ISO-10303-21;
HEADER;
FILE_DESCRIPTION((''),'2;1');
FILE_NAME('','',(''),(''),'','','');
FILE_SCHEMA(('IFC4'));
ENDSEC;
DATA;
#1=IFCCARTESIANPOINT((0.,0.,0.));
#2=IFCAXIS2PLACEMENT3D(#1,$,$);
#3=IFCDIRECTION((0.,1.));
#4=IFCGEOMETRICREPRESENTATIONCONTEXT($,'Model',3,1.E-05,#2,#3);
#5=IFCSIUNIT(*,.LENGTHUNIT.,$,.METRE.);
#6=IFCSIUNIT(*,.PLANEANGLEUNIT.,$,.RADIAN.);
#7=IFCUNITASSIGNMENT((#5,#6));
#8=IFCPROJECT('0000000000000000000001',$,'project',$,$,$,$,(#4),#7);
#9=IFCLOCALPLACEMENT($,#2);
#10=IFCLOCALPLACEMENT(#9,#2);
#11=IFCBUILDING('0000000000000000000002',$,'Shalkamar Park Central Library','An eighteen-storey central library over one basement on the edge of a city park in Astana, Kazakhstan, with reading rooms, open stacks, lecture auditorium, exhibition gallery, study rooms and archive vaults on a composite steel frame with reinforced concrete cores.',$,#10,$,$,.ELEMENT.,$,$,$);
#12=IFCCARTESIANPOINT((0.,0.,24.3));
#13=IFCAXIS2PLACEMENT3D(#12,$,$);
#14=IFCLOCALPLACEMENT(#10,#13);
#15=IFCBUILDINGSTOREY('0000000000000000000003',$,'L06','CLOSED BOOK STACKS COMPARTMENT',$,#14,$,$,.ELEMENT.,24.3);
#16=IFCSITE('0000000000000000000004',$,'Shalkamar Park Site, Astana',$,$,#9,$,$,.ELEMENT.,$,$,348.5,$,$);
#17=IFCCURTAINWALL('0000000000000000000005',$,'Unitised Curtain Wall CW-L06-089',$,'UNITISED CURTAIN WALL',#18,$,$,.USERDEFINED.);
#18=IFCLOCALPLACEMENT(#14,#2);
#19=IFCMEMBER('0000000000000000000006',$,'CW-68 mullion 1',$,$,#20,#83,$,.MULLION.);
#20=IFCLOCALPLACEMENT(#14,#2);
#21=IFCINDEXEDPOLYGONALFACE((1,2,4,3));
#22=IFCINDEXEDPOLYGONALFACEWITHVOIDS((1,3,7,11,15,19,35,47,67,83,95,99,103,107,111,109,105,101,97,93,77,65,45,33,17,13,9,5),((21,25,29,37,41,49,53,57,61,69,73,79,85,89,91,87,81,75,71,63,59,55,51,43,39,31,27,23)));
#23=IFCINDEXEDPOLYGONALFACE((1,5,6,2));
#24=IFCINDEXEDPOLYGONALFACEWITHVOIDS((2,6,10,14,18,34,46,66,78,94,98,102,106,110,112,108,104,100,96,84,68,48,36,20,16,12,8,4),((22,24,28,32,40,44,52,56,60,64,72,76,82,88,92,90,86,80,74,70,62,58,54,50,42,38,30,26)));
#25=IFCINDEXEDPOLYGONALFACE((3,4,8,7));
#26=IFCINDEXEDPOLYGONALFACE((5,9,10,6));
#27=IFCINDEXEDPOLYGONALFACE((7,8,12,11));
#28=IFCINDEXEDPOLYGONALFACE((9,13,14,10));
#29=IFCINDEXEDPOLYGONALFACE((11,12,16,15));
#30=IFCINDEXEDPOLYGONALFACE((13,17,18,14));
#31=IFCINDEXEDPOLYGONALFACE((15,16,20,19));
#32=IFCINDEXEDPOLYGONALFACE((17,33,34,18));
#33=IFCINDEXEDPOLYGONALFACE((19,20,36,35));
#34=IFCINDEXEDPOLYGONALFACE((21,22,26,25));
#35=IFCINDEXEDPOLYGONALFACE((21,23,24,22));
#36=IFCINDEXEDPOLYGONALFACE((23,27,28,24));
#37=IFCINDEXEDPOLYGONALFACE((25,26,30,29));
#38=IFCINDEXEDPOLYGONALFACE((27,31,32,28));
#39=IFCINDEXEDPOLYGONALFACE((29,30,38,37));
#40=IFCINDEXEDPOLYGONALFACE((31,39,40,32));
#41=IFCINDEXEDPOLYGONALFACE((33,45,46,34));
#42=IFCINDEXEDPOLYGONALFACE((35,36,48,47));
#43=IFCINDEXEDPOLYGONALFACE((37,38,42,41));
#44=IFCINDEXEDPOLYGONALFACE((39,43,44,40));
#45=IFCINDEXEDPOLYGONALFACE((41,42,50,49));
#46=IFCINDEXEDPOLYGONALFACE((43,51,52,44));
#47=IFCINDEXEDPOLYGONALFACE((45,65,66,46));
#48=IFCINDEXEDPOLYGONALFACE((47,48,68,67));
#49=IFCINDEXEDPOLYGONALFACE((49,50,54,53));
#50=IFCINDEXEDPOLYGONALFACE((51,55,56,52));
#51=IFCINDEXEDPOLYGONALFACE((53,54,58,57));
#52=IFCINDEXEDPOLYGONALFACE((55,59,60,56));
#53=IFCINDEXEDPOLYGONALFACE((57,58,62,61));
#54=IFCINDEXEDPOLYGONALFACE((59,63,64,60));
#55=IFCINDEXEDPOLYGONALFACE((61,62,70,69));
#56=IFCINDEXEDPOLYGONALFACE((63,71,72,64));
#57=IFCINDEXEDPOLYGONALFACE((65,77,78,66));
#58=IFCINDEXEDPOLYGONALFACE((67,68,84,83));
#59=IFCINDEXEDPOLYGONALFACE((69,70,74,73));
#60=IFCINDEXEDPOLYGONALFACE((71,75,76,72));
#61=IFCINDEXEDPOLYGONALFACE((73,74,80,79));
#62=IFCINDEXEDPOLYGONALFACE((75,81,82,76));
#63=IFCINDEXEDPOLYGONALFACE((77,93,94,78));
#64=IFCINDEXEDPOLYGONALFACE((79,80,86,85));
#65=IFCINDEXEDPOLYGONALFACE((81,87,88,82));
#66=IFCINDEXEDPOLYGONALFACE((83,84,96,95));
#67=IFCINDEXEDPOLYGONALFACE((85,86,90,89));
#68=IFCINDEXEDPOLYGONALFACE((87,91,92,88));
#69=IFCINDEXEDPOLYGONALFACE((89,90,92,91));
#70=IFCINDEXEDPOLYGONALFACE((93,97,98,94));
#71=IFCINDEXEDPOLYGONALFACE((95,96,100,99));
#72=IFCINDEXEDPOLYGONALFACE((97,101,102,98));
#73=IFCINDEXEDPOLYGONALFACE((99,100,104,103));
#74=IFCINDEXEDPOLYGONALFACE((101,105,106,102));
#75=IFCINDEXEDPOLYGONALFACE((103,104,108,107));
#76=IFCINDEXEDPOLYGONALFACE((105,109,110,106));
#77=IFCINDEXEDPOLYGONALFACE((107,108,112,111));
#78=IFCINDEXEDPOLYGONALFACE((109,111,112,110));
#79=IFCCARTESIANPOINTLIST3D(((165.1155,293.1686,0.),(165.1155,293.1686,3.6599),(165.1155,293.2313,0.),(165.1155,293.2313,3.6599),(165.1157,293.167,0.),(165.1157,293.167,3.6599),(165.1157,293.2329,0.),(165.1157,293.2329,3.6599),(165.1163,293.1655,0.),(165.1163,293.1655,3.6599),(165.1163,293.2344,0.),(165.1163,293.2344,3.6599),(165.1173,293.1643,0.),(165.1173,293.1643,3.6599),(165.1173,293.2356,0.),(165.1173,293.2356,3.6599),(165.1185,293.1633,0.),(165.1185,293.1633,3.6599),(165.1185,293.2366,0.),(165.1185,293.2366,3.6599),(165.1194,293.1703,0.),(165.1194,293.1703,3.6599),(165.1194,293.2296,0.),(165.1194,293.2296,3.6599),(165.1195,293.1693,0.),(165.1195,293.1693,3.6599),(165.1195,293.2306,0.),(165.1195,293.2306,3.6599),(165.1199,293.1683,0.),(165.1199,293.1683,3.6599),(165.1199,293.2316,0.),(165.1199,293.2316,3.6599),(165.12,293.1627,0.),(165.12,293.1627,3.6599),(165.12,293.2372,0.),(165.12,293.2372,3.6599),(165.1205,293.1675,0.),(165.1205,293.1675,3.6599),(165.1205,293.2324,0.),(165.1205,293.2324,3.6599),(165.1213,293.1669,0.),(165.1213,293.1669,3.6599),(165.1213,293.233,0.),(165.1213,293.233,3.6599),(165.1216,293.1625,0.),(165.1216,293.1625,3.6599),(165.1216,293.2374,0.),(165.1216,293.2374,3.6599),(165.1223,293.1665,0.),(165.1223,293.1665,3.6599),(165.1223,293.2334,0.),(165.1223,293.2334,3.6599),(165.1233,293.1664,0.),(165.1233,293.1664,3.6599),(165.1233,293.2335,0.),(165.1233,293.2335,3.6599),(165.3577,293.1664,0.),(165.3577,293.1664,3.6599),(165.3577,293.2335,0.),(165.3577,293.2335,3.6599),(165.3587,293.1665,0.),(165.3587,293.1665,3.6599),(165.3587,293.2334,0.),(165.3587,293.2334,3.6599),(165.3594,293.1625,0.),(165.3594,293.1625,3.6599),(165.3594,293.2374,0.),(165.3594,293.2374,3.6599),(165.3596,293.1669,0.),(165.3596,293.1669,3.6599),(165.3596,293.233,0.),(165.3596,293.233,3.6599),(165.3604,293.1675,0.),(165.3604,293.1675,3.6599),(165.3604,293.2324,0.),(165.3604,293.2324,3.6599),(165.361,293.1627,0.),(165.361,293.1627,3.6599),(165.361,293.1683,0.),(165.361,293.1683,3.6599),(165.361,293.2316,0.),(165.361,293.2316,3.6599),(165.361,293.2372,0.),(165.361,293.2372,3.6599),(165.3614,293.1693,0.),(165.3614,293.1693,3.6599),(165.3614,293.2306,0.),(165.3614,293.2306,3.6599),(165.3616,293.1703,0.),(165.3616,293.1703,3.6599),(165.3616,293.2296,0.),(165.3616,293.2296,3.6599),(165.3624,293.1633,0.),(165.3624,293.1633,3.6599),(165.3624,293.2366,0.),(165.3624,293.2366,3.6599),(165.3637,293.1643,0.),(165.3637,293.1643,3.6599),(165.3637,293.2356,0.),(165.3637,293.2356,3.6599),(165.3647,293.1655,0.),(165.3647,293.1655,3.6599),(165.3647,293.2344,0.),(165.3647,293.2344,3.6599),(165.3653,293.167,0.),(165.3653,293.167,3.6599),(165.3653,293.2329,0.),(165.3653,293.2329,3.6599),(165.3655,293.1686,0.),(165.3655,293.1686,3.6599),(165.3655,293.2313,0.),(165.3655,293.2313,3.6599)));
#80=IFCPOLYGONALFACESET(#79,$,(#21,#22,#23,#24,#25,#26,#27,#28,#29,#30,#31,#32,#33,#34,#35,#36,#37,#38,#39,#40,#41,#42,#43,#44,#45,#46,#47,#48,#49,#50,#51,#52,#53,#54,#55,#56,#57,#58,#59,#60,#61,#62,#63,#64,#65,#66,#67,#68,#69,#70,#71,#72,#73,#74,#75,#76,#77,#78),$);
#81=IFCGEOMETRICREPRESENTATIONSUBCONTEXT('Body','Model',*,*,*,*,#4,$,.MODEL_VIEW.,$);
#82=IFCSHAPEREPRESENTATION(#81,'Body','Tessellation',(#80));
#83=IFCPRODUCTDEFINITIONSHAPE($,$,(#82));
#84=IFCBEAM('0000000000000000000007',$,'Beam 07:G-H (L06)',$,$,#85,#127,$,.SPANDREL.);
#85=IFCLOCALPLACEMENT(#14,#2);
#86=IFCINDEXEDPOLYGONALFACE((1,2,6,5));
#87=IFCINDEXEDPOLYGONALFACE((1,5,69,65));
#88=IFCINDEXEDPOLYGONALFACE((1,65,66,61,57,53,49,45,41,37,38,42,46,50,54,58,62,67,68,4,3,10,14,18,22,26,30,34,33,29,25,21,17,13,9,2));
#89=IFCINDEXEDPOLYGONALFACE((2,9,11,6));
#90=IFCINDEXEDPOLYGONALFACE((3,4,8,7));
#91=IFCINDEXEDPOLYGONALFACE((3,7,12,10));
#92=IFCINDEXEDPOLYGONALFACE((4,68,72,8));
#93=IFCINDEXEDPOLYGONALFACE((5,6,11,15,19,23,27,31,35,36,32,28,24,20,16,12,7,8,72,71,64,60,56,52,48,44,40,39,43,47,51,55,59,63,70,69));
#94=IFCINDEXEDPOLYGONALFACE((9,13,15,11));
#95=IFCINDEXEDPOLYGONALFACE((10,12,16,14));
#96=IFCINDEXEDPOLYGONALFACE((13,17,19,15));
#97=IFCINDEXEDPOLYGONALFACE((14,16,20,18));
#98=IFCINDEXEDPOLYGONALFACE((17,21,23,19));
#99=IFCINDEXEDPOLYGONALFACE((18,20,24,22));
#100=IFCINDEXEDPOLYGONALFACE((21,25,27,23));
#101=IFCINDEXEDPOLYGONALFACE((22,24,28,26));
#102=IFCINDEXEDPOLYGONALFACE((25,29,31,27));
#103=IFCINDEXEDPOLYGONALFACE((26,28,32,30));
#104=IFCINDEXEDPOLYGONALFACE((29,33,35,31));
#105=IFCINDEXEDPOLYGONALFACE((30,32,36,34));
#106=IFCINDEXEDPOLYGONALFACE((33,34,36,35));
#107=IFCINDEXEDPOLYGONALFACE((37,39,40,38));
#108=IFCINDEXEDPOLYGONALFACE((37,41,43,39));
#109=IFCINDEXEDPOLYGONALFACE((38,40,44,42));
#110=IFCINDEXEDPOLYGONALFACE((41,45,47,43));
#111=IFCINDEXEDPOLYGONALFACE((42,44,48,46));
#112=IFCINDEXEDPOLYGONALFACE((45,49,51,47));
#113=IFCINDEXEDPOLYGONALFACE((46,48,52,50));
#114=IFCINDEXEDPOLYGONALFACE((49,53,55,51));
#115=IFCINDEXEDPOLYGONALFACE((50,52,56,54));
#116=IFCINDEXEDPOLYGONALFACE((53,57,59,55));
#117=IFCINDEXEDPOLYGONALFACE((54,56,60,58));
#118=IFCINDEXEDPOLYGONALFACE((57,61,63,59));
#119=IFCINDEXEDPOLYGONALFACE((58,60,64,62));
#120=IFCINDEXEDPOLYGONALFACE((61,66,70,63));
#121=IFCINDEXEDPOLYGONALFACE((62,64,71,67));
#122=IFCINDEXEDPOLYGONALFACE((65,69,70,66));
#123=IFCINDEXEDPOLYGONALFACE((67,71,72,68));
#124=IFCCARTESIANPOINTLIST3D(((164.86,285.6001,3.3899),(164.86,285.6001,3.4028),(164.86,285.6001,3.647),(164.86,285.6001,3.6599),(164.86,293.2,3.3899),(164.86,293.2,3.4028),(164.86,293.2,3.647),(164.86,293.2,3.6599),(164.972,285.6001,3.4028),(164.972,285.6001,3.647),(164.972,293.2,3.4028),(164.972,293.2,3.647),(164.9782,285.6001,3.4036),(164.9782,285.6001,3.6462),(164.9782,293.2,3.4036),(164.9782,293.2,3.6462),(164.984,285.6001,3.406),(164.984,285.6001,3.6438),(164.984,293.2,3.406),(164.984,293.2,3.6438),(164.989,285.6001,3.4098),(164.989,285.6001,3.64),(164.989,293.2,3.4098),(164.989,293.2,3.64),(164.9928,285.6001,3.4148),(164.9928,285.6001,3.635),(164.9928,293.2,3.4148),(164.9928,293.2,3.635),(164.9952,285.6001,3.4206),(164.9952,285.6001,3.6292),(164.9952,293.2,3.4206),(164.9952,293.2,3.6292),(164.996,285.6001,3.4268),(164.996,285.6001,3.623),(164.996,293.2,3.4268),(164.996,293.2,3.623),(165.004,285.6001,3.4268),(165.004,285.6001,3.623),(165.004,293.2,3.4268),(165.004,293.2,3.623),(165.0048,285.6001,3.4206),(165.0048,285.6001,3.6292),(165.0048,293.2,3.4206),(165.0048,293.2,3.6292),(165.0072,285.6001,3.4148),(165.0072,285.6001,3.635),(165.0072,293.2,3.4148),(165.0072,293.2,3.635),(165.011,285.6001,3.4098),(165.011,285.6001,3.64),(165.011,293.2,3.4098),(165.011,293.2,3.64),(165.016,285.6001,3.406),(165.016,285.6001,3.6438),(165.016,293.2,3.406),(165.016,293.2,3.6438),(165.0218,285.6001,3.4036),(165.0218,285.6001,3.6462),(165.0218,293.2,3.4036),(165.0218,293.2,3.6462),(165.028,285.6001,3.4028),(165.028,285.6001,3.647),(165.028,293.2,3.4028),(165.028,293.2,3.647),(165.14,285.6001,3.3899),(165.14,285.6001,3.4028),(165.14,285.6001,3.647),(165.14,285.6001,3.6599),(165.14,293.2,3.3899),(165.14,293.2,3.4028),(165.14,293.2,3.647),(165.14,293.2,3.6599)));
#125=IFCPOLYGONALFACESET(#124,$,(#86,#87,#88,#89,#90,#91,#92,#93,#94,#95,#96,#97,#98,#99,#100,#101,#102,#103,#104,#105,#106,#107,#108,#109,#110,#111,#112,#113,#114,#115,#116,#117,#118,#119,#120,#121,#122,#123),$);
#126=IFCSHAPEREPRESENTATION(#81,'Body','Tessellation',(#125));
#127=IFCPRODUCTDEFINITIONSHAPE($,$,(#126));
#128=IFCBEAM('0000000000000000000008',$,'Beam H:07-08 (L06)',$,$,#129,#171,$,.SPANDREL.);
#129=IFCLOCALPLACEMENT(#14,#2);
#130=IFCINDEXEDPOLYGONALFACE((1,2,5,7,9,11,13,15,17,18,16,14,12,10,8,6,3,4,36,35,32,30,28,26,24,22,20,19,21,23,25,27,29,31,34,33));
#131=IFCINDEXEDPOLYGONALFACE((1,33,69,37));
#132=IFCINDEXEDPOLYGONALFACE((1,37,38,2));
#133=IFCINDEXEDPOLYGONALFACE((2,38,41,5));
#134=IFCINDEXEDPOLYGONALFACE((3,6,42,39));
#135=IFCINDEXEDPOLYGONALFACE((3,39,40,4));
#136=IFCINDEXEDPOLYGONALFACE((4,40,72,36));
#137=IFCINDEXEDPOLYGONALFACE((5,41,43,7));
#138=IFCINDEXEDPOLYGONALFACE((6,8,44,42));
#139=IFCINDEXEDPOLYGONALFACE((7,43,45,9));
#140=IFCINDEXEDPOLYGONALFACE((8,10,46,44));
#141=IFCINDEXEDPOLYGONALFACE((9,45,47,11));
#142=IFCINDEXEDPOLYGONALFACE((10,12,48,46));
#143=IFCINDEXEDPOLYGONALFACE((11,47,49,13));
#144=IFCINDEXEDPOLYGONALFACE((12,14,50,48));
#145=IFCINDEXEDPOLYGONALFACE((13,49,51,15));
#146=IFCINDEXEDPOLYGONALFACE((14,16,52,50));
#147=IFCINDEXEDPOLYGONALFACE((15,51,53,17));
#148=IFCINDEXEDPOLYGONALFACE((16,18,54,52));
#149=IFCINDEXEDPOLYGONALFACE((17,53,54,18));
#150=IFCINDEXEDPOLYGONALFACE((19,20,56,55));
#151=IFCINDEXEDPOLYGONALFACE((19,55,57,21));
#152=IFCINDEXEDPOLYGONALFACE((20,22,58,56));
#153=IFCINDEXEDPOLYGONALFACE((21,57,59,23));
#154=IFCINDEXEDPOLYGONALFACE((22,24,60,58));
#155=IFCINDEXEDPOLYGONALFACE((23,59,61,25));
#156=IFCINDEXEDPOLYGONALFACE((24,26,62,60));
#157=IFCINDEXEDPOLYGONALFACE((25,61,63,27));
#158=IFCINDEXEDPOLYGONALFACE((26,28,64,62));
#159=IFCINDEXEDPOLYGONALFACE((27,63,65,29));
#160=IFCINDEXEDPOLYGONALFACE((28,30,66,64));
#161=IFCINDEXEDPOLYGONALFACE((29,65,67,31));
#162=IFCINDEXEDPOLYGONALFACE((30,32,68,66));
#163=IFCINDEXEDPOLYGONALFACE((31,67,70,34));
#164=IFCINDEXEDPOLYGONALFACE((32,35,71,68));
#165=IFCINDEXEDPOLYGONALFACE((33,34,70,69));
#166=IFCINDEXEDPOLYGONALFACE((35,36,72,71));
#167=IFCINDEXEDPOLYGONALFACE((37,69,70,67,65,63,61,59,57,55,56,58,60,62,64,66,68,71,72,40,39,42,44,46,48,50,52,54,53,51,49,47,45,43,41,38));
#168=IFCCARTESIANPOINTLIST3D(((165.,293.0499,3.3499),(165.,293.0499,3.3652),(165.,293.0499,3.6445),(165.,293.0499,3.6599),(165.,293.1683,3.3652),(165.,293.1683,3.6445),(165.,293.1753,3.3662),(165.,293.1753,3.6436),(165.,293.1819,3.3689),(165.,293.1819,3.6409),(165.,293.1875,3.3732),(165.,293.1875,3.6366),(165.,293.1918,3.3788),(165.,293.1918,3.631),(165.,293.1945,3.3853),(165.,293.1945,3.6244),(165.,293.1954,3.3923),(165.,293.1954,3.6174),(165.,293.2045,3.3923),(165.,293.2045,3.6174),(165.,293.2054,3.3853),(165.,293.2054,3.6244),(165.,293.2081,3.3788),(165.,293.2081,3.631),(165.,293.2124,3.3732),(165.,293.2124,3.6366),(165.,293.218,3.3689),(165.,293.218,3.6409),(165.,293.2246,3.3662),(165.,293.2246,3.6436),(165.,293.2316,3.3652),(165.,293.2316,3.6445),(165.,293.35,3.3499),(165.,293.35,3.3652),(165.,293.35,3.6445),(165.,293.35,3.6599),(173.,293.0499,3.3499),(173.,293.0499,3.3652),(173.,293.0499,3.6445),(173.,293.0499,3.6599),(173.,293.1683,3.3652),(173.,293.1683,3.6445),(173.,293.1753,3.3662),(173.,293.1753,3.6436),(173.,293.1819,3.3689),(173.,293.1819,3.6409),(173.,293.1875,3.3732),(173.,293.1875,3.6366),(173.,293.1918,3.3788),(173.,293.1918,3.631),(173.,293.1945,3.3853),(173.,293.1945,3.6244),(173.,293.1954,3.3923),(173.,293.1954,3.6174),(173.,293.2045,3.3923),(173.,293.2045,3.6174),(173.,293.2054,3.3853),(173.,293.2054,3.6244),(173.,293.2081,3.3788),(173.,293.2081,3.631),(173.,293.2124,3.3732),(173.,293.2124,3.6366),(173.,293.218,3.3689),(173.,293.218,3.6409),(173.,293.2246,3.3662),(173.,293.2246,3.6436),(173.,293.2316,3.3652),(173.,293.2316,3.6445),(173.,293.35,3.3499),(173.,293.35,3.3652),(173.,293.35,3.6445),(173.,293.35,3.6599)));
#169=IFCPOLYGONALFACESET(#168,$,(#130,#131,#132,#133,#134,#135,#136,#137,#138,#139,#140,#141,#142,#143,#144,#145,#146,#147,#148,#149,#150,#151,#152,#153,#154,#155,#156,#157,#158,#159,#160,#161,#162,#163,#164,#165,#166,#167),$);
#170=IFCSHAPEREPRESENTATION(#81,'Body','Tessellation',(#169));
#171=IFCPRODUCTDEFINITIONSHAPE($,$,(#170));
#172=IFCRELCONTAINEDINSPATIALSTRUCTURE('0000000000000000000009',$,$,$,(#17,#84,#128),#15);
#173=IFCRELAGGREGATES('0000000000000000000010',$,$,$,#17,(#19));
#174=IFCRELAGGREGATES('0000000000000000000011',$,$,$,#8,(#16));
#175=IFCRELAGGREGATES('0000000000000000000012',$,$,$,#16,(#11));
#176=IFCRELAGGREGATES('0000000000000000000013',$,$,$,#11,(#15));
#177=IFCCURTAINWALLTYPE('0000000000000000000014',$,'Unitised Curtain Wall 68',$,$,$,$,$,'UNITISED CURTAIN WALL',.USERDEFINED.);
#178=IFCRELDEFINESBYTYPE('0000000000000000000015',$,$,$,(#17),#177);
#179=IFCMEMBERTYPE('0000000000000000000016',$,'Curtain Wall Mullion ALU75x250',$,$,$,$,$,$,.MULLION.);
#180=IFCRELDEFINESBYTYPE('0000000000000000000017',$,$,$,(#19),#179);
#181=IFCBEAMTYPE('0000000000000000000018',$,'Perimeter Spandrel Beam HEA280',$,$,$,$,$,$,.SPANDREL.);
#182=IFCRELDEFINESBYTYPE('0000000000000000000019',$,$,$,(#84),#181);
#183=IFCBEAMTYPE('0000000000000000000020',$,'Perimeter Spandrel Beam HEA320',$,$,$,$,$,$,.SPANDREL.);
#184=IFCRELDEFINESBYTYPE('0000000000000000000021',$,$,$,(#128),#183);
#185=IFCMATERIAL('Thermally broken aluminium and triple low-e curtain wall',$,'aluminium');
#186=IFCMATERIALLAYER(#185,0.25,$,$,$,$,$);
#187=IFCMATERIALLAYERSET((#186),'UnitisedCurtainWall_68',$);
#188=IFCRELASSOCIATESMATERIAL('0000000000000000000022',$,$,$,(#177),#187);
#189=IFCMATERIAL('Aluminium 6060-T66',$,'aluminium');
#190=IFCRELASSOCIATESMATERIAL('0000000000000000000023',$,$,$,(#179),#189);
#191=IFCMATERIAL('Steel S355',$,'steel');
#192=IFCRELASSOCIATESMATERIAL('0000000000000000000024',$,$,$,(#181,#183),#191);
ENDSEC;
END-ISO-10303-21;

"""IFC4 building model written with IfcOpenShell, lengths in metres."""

from ifc_helpers import new_model, si_unit, direction, frame, origin, origin_2d, place, context, subcontext, project, spatial, hollow_rectangle, i_section, extrude, material, layer, layer_set, material_profile, profile_set, type_object, element, aggregate, save


model = new_model("IFC4")

# Units and contexts
model_context = context("Model", 3, precision=1e-05, world=origin(), true_north=direction((0.0, 1.0)))
body_context = subcontext(model_context, "Body", "Model", "MODEL_VIEW")
ifc_project = project(units=[si_unit("LENGTHUNIT", "METRE"), si_unit("PLANEANGLEUNIT", "RADIAN")], contexts=[model_context])

# Site, building, storey
site_placement = place(None, origin())
site = spatial("IfcSite", under=ifc_project, at=site_placement, Name="Shalkamar Park Site, Astana", CompositionType="ELEMENT", RefElevation=348.5)
building_placement = place(site_placement, origin())
building = spatial("IfcBuilding", under=site, at=building_placement, Name="Shalkamar Park Central Library", Description="An eighteen-storey central library over one basement on the edge of a city park in Astana, Kazakhstan, with reading rooms, open stacks, lecture auditorium, exhibition gallery, study rooms and archive vaults on a composite steel frame with reinforced concrete cores.", CompositionType="ELEMENT")
storey_placement = place(building_placement, frame((0.0, 0.0, 24.3)))
storey = spatial("IfcBuildingStorey", under=building, at=storey_placement, Name="L06", Description="CLOSED BOOK STACKS COMPARTMENT", CompositionType="ELEMENT", Elevation=24.3)

# Shared definitions
ifc_material_1 = material(Name="Steel S355", Category="steel")

# Curtain wall, member
ifc_material_2 = material(Name="Thermally broken aluminium and triple low-e curtain wall", Category="aluminium")
ifc_layer_1 = layer(ifc_material_2, 0.25)
ifc_layer_set_1 = layer_set([ifc_layer_1], Name="UnitisedCurtainWall_68")
curtain_wall_type = type_object("IfcCurtainWallType", Name="Unitised Curtain Wall 68", ElementType="UNITISED CURTAIN WALL", PredefinedType="USERDEFINED", material=ifc_layer_set_1)
curtain_wall_placement = place(storey_placement, origin())
curtain_wall = element("IfcCurtainWall", 1, at=curtain_wall_placement, inside=storey, type_object=curtain_wall_type, Name="Unitised Curtain Wall CW-L06-089", ObjectType="UNITISED CURTAIN WALL", PredefinedType="USERDEFINED")
ifc_material_3 = material(Name="Aluminium 6060-T66", Category="aluminium")
ifc_material_profile_1 = material_profile(ifc_material_3, hollow_rectangle(XDim=0.075, YDim=0.25, WallThickness=0.0039, InnerFilletRadius=0.0039, OuterFilletRadius=0.0061, at=origin_2d()), Name="ALU 75x250x4")
ifc_profile_set_1 = profile_set([ifc_material_profile_1], Name="Aluminium 6060-T66")
member_type = type_object("IfcMemberType", Name="Curtain Wall Mullion ALU75x250", PredefinedType="MULLION", material=ifc_profile_set_1)
member_placement = place(storey_placement, frame((165.2405, 293.2, 0.0), z_axis=(0.0, 0.0, 1.0), x_axis=(0.0, 1.0, 0.0)))
member = element("IfcMember", 2, at=member_placement, type_object=member_type, Name="CW-68 mullion 1", PredefinedType="MULLION", context=body_context, shape_type="SweptSolid", body=[
    extrude(hollow_rectangle(XDim=0.075, YDim=0.25, WallThickness=0.0039, InnerFilletRadius=0.0039, OuterFilletRadius=0.0061, at=origin_2d()), origin(), (0.0, 0.0, 1.0), 3.6599),
])
aggregate(curtain_wall, [member])

# Beams
ifc_material_profile_2 = material_profile(ifc_material_1, i_section(OverallWidth=0.28, OverallDepth=0.27, WebThickness=0.0081, FlangeThickness=0.0129, FilletRadius=0.0239, at=origin_2d()), Name="HEA 280")
ifc_profile_set_2 = profile_set([ifc_material_profile_2], Name="Steel S355")
beam_type_1 = type_object("IfcBeamType", Name="Perimeter Spandrel Beam HEA280", PredefinedType="SPANDREL", material=ifc_profile_set_2)
beam_1_placement = place(storey_placement, frame((165.0, 285.6001, 3.5249), z_axis=(0.0, 1.0, 0.0), x_axis=(-1.0, 0.0, 0.0)))
element("IfcBeam", 3, at=beam_1_placement, inside=storey, type_object=beam_type_1, Name="Beam 07:G-H (L06)", PredefinedType="SPANDREL", context=body_context, shape_type="SweptSolid", body=[
    extrude(i_section(OverallWidth=0.28, OverallDepth=0.27, WebThickness=0.0081, FlangeThickness=0.0129, FilletRadius=0.0239, at=origin_2d()), origin(), (0.0, 0.0, 1.0), 7.5999),
])
ifc_material_profile_3 = material_profile(ifc_material_1, i_section(OverallWidth=0.3, OverallDepth=0.3101, WebThickness=0.009, FlangeThickness=0.0154, FilletRadius=0.0271, at=origin_2d()), Name="HEA 320")
ifc_profile_set_3 = profile_set([ifc_material_profile_3], Name="Steel S355")
beam_type_2 = type_object("IfcBeamType", Name="Perimeter Spandrel Beam HEA320", PredefinedType="SPANDREL", material=ifc_profile_set_3)
beam_2_placement = place(storey_placement, frame((165.0, 293.2, 3.5049), z_axis=(1.0, 0.0, 0.0), x_axis=(0.0, 1.0, 0.0)))
element("IfcBeam", 4, at=beam_2_placement, inside=storey, type_object=beam_type_2, Name="Beam H:07-08 (L06)", PredefinedType="SPANDREL", context=body_context, shape_type="SweptSolid", body=[
    extrude(i_section(OverallWidth=0.3, OverallDepth=0.3101, WebThickness=0.009, FlangeThickness=0.0154, FilletRadius=0.0271, at=origin_2d()), origin(), (0.0, 0.0, 1.0), 8.0),
])

save(model, "model.ifc")
